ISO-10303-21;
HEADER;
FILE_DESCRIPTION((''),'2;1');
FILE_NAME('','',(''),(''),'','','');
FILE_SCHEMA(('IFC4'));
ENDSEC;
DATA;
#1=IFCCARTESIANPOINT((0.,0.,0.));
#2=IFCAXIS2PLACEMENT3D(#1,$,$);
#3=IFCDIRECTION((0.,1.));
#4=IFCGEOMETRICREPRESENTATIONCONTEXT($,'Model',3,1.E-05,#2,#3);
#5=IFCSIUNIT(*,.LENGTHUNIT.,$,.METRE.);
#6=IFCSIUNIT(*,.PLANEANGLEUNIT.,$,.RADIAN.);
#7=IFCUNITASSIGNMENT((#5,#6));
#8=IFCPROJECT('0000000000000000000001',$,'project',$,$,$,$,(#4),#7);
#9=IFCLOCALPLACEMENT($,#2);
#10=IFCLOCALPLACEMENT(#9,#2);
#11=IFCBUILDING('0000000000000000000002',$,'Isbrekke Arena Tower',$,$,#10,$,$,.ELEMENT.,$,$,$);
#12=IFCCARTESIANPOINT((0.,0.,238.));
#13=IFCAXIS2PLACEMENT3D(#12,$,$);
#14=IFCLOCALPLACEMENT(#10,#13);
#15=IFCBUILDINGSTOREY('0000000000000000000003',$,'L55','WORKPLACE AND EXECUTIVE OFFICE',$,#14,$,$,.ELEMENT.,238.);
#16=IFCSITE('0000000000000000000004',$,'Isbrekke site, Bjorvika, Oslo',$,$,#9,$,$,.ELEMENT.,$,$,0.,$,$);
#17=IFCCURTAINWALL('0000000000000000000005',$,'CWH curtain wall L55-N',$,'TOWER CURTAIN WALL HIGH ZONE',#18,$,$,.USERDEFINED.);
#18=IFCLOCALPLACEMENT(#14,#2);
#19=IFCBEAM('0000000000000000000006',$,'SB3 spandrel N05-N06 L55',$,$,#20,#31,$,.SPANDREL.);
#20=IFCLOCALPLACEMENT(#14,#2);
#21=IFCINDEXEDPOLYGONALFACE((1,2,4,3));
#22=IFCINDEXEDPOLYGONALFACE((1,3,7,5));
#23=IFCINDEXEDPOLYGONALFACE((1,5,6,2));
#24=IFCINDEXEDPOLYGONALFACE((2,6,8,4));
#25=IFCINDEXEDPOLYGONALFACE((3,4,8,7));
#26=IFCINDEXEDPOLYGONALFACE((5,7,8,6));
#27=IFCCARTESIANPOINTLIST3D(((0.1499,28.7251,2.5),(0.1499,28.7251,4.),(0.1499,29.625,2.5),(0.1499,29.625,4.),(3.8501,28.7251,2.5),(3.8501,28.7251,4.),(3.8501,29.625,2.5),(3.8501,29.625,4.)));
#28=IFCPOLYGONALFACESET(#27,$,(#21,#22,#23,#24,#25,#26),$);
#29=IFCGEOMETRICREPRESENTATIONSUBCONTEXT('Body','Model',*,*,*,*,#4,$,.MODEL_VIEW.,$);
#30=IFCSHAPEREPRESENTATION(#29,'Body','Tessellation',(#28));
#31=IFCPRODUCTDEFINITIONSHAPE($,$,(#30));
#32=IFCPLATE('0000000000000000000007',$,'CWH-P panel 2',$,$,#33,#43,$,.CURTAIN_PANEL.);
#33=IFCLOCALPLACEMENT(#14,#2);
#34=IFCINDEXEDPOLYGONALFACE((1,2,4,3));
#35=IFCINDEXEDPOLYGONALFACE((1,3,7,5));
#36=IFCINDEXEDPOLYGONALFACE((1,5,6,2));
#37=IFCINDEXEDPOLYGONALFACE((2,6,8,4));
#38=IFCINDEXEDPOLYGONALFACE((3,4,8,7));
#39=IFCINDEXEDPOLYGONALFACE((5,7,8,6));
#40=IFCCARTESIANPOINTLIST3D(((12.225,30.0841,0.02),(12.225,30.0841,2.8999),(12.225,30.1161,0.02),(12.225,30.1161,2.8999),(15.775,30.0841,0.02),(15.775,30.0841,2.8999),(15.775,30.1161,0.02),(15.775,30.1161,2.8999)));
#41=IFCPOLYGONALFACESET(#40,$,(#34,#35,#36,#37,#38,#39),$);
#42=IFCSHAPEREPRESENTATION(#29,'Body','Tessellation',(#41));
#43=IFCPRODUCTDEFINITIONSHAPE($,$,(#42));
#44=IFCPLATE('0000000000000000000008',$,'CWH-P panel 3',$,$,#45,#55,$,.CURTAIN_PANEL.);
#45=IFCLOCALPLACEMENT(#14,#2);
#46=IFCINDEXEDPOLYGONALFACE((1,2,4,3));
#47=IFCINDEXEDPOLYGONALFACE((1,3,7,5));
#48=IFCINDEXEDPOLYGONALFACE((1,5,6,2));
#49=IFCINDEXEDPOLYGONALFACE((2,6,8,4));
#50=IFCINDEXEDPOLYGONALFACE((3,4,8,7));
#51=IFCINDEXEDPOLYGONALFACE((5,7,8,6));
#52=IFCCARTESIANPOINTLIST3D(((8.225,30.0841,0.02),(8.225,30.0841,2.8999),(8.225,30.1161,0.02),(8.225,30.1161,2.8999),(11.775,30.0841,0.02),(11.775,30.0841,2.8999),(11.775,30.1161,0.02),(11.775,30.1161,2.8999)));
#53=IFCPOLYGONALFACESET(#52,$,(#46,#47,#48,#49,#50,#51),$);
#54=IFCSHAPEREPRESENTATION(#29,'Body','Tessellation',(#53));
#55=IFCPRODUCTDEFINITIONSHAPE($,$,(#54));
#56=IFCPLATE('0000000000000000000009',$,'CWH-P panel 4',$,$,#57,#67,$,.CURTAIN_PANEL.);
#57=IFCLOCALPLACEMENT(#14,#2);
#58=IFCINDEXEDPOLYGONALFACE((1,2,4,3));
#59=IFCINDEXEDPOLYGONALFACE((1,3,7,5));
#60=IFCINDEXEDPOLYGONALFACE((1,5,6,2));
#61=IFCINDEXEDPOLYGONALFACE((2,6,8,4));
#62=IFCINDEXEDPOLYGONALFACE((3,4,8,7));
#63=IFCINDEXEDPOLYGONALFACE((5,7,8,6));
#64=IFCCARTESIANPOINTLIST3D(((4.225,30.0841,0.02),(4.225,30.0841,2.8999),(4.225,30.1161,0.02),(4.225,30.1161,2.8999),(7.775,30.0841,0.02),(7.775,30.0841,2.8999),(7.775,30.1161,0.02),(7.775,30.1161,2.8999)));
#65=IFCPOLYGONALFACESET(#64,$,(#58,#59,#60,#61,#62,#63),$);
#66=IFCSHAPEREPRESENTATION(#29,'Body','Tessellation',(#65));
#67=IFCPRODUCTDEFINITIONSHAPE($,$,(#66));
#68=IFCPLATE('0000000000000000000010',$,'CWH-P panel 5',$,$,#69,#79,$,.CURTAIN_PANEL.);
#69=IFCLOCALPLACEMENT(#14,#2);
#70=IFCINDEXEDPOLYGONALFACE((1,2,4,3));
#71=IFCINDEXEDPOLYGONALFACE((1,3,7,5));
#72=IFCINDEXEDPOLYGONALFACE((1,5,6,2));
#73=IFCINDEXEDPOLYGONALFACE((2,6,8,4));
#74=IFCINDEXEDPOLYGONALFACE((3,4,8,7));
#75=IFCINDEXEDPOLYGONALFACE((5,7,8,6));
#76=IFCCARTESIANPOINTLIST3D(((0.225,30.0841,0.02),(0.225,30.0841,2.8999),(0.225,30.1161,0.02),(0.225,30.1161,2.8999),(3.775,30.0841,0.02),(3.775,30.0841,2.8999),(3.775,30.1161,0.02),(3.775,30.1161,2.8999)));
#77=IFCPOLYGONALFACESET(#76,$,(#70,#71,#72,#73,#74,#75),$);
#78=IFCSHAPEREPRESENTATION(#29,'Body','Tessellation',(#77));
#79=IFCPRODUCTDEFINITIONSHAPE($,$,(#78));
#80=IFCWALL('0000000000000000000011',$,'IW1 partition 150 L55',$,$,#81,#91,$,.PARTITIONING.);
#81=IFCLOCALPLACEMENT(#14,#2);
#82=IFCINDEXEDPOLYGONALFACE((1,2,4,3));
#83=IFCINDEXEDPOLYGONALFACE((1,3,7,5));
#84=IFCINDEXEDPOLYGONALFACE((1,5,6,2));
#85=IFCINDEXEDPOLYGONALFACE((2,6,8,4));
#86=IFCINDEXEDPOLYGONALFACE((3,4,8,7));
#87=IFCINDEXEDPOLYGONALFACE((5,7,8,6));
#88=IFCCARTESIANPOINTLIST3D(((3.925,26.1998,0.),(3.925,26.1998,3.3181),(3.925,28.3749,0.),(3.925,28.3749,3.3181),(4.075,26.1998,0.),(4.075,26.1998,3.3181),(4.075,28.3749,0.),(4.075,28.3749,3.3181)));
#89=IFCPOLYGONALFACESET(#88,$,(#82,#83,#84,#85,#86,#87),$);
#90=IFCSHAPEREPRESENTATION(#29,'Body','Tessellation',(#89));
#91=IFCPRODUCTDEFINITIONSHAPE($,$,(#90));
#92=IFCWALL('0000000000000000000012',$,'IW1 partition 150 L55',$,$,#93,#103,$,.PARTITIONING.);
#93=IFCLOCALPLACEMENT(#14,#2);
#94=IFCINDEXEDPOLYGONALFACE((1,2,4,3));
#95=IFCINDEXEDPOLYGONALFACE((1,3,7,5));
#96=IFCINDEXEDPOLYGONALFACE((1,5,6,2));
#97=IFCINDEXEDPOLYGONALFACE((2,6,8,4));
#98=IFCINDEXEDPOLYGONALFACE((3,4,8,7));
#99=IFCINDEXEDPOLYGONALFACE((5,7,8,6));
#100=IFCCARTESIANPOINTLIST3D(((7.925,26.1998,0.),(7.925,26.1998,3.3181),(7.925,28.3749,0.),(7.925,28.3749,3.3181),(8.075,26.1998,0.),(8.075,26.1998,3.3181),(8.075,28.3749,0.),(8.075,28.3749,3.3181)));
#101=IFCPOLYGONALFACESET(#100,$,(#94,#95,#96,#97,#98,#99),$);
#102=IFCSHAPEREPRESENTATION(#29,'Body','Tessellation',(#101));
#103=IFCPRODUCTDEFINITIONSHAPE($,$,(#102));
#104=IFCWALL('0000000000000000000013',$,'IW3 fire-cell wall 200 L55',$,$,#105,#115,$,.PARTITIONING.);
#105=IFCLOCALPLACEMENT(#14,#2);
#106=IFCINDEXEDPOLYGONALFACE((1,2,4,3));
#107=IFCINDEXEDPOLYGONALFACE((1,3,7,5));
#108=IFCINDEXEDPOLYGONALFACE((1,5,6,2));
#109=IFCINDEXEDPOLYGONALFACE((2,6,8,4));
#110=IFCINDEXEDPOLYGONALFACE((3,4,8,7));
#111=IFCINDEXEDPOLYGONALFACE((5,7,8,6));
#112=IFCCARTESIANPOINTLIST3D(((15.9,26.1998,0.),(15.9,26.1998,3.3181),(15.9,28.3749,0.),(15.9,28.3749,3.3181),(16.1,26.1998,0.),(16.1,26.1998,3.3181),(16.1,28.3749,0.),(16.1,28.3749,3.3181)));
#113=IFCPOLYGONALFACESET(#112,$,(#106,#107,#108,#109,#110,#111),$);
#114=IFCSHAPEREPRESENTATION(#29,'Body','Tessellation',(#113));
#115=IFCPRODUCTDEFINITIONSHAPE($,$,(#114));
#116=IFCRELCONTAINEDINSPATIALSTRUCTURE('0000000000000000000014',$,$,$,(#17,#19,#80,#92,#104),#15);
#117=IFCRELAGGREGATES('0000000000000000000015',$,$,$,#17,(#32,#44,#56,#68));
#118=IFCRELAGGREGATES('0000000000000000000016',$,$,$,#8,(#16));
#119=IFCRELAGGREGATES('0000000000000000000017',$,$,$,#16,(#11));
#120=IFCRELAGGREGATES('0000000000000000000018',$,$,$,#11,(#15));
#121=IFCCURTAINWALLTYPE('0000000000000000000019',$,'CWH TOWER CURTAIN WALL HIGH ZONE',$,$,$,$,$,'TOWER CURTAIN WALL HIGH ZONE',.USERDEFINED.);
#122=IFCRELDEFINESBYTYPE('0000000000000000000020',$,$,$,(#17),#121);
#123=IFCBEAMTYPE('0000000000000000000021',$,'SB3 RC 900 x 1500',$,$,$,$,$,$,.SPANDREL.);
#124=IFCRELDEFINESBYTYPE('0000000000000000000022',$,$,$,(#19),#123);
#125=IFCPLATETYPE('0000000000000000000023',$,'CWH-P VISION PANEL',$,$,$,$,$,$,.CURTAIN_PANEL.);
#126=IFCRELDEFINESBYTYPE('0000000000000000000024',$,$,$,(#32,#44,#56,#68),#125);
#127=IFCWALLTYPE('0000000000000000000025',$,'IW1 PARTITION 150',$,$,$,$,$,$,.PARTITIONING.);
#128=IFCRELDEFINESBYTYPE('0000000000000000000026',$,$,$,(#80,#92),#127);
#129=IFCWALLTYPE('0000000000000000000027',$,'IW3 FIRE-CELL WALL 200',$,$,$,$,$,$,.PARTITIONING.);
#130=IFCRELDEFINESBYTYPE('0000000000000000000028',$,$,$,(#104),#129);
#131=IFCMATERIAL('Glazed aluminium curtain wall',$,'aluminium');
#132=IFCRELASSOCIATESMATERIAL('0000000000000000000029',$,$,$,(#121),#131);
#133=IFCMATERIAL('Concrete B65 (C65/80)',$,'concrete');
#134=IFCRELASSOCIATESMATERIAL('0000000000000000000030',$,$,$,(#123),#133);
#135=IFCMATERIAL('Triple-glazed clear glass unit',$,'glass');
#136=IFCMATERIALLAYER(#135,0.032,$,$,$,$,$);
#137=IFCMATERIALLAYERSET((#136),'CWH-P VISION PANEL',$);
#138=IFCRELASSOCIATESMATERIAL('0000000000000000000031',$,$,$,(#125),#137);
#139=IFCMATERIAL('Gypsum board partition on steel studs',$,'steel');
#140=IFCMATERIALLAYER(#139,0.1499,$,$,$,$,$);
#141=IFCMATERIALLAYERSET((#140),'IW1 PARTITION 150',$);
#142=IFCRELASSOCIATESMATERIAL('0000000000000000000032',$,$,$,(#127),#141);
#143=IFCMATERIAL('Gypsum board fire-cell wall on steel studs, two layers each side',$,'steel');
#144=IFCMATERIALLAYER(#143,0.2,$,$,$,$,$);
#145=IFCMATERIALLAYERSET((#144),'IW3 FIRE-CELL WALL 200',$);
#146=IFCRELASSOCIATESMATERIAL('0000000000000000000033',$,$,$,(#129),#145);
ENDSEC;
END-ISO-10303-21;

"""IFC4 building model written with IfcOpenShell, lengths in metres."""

from ifc_helpers import new_model, si_unit, direction, frame, frame_2d, origin, origin_2d, place, context, subcontext, project, spatial, rectangle, extrude, material, layer, layer_set, material_profile, profile_set, type_object, element, aggregate, save


model = new_model("IFC4")

# Units and contexts
model_context = context("Model", 3, precision=1e-05, world=origin(), true_north=direction((0.0, 1.0)))
body_context = subcontext(model_context, "Body", "Model", "MODEL_VIEW")
ifc_project = project(units=[si_unit("LENGTHUNIT", "METRE"), si_unit("PLANEANGLEUNIT", "RADIAN")], contexts=[model_context])

# Site, building, storey
site_placement = place(None, origin())
site = spatial("IfcSite", under=ifc_project, at=site_placement, Name="Isbrekke site, Bjorvika, Oslo", CompositionType="ELEMENT", RefElevation=0.0)
building_placement = place(site_placement, origin())
building = spatial("IfcBuilding", under=site, at=building_placement, Name="Isbrekke Arena Tower", CompositionType="ELEMENT")
storey_placement = place(building_placement, frame((0.0, 0.0, 238.0)))
storey = spatial("IfcBuildingStorey", under=building, at=storey_placement, Name="L55", Description="WORKPLACE AND EXECUTIVE OFFICE", CompositionType="ELEMENT", Elevation=238.0)

# Curtain wall
ifc_material_1 = material(Name="Glazed aluminium curtain wall", Category="aluminium")
curtain_wall_type = type_object("IfcCurtainWallType", Name="CWH TOWER CURTAIN WALL HIGH ZONE", ElementType="TOWER CURTAIN WALL HIGH ZONE", PredefinedType="USERDEFINED", material=ifc_material_1)
curtain_wall_placement = place(storey_placement, origin())
curtain_wall = element("IfcCurtainWall", 1, at=curtain_wall_placement, inside=storey, type_object=curtain_wall_type, Name="CWH curtain wall L55-N", ObjectType="TOWER CURTAIN WALL HIGH ZONE", PredefinedType="USERDEFINED")

# Beam
ifc_material_2 = material(Name="Concrete B65 (C65/80)", Category="concrete")
ifc_material_profile_1 = material_profile(ifc_material_2, rectangle(XDim=0.8999, YDim=1.5, at=origin_2d()), Name="RC 900x1500")
ifc_profile_set_1 = profile_set([ifc_material_profile_1], Name="Concrete B65 (C65/80)")
beam_type_1 = type_object("IfcBeamType", Name="SB3 RC 900 x 1500", PredefinedType="SPANDREL", material=ifc_profile_set_1)
for number, where, z_axis, x_axis, name in (
    (2, (3.8501, 29.175, 3.25), (-1.0, 0.0, 0.0), (0.0, -1.0, 0.0), "SB3 spandrel N05-N06 L55"),
):
    element("IfcBeam", number, at=place(storey_placement, frame(where, z_axis=z_axis, x_axis=x_axis)), inside=storey, type_object=beam_type_1, Name=name, PredefinedType="SPANDREL", context=body_context, shape_type="SweptSolid", body=[
        extrude(rectangle(XDim=0.8999, YDim=1.5, at=origin_2d()), origin(), (0.0, 0.0, 1.0), 3.7002),
    ])

# Plates
ifc_material_3 = material(Name="Triple-glazed clear glass unit", Category="glass")
ifc_layer_1 = layer(ifc_material_3, 0.032)
ifc_layer_set_1 = layer_set([ifc_layer_1], Name="CWH-P VISION PANEL")
plate_type = type_object("IfcPlateType", Name="CWH-P VISION PANEL", PredefinedType="CURTAIN_PANEL", material=ifc_layer_set_1)
plate_1_placement = place(storey_placement, frame((14.0, 30.1001, 0.02), z_axis=(0.0, 0.0, 1.0), x_axis=(-1.0, 0.0, 0.0)))
plate_1 = element("IfcPlate", 3, at=plate_1_placement, type_object=plate_type, Name="CWH-P panel 2", PredefinedType="CURTAIN_PANEL", context=body_context, shape_type="SweptSolid", body=[
    extrude(rectangle(XDim=3.55, YDim=0.032, at=origin_2d()), origin(), (0.0, 0.0, 1.0), 2.8799),
])
plate_2_placement = place(storey_placement, frame((10.0, 30.1001, 0.02), z_axis=(0.0, 0.0, 1.0), x_axis=(-1.0, 0.0, 0.0)))
plate_2 = element("IfcPlate", 4, at=plate_2_placement, type_object=plate_type, Name="CWH-P panel 3", PredefinedType="CURTAIN_PANEL", context=body_context, shape_type="SweptSolid", body=[
    extrude(rectangle(XDim=3.55, YDim=0.032, at=origin_2d()), origin(), (0.0, 0.0, 1.0), 2.8799),
])
plate_3_placement = place(storey_placement, frame((6.0, 30.1001, 0.02), z_axis=(0.0, 0.0, 1.0), x_axis=(-1.0, 0.0, 0.0)))
plate_3 = element("IfcPlate", 5, at=plate_3_placement, type_object=plate_type, Name="CWH-P panel 4", PredefinedType="CURTAIN_PANEL", context=body_context, shape_type="SweptSolid", body=[
    extrude(rectangle(XDim=3.55, YDim=0.032, at=origin_2d()), origin(), (0.0, 0.0, 1.0), 2.8799),
])
plate_4_placement = place(storey_placement, frame((2.0, 30.1001, 0.02), z_axis=(0.0, 0.0, 1.0), x_axis=(-1.0, 0.0, 0.0)))
plate_4 = element("IfcPlate", 6, at=plate_4_placement, type_object=plate_type, Name="CWH-P panel 5", PredefinedType="CURTAIN_PANEL", context=body_context, shape_type="SweptSolid", body=[
    extrude(rectangle(XDim=3.55, YDim=0.032, at=origin_2d()), origin(), (0.0, 0.0, 1.0), 2.8799),
])
aggregate(curtain_wall, [plate_1, plate_2, plate_3, plate_4])

# Walls
ifc_material_4 = material(Name="Gypsum board partition on steel studs", Category="steel")
ifc_layer_2 = layer(ifc_material_4, 0.1499)
ifc_layer_set_2 = layer_set([ifc_layer_2], Name="IW1 PARTITION 150")
wall_type_1 = type_object("IfcWallType", Name="IW1 PARTITION 150", PredefinedType="PARTITIONING", material=ifc_layer_set_2)
for number, where, z_axis, x_axis, name in (
    (7, (4.0, 26.2, 0.0), (0.0, 0.0, 1.0), (0.0, 1.0, 0.0), "IW1 partition 150 L55"),
    (8, (8.0, 26.2, 0.0), (0.0, 0.0, 1.0), (0.0, 1.0, 0.0), "IW1 partition 150 L55"),
):
    element("IfcWall", number, at=place(storey_placement, frame(where, z_axis=z_axis, x_axis=x_axis)), inside=storey, type_object=wall_type_1, Name=name, PredefinedType="PARTITIONING", context=body_context, shape_type="SweptSolid", body=[
        extrude(rectangle(XDim=2.175, YDim=0.1499, at=frame_2d((1.0874, 0.0))), origin(), (0.0, 0.0, 1.0), 3.3181),
    ])
ifc_material_5 = material(Name="Gypsum board fire-cell wall on steel studs, two layers each side", Category="steel")
ifc_layer_3 = layer(ifc_material_5, 0.2)
ifc_layer_set_3 = layer_set([ifc_layer_3], Name="IW3 FIRE-CELL WALL 200")
wall_type_2 = type_object("IfcWallType", Name="IW3 FIRE-CELL WALL 200", PredefinedType="PARTITIONING", material=ifc_layer_set_3)
wall_placement = place(storey_placement, frame((16.0, 26.2, 0.0), z_axis=(0.0, 0.0, 1.0), x_axis=(0.0, 1.0, 0.0)))
element("IfcWall", 9, at=wall_placement, inside=storey, type_object=wall_type_2, Name="IW3 fire-cell wall 200 L55", PredefinedType="PARTITIONING", context=body_context, shape_type="SweptSolid", body=[
    extrude(rectangle(XDim=2.175, YDim=0.2, at=frame_2d((1.0874, 0.0))), origin(), (0.0, 0.0, 1.0), 3.3181),
])

save(model, "model.ifc")
